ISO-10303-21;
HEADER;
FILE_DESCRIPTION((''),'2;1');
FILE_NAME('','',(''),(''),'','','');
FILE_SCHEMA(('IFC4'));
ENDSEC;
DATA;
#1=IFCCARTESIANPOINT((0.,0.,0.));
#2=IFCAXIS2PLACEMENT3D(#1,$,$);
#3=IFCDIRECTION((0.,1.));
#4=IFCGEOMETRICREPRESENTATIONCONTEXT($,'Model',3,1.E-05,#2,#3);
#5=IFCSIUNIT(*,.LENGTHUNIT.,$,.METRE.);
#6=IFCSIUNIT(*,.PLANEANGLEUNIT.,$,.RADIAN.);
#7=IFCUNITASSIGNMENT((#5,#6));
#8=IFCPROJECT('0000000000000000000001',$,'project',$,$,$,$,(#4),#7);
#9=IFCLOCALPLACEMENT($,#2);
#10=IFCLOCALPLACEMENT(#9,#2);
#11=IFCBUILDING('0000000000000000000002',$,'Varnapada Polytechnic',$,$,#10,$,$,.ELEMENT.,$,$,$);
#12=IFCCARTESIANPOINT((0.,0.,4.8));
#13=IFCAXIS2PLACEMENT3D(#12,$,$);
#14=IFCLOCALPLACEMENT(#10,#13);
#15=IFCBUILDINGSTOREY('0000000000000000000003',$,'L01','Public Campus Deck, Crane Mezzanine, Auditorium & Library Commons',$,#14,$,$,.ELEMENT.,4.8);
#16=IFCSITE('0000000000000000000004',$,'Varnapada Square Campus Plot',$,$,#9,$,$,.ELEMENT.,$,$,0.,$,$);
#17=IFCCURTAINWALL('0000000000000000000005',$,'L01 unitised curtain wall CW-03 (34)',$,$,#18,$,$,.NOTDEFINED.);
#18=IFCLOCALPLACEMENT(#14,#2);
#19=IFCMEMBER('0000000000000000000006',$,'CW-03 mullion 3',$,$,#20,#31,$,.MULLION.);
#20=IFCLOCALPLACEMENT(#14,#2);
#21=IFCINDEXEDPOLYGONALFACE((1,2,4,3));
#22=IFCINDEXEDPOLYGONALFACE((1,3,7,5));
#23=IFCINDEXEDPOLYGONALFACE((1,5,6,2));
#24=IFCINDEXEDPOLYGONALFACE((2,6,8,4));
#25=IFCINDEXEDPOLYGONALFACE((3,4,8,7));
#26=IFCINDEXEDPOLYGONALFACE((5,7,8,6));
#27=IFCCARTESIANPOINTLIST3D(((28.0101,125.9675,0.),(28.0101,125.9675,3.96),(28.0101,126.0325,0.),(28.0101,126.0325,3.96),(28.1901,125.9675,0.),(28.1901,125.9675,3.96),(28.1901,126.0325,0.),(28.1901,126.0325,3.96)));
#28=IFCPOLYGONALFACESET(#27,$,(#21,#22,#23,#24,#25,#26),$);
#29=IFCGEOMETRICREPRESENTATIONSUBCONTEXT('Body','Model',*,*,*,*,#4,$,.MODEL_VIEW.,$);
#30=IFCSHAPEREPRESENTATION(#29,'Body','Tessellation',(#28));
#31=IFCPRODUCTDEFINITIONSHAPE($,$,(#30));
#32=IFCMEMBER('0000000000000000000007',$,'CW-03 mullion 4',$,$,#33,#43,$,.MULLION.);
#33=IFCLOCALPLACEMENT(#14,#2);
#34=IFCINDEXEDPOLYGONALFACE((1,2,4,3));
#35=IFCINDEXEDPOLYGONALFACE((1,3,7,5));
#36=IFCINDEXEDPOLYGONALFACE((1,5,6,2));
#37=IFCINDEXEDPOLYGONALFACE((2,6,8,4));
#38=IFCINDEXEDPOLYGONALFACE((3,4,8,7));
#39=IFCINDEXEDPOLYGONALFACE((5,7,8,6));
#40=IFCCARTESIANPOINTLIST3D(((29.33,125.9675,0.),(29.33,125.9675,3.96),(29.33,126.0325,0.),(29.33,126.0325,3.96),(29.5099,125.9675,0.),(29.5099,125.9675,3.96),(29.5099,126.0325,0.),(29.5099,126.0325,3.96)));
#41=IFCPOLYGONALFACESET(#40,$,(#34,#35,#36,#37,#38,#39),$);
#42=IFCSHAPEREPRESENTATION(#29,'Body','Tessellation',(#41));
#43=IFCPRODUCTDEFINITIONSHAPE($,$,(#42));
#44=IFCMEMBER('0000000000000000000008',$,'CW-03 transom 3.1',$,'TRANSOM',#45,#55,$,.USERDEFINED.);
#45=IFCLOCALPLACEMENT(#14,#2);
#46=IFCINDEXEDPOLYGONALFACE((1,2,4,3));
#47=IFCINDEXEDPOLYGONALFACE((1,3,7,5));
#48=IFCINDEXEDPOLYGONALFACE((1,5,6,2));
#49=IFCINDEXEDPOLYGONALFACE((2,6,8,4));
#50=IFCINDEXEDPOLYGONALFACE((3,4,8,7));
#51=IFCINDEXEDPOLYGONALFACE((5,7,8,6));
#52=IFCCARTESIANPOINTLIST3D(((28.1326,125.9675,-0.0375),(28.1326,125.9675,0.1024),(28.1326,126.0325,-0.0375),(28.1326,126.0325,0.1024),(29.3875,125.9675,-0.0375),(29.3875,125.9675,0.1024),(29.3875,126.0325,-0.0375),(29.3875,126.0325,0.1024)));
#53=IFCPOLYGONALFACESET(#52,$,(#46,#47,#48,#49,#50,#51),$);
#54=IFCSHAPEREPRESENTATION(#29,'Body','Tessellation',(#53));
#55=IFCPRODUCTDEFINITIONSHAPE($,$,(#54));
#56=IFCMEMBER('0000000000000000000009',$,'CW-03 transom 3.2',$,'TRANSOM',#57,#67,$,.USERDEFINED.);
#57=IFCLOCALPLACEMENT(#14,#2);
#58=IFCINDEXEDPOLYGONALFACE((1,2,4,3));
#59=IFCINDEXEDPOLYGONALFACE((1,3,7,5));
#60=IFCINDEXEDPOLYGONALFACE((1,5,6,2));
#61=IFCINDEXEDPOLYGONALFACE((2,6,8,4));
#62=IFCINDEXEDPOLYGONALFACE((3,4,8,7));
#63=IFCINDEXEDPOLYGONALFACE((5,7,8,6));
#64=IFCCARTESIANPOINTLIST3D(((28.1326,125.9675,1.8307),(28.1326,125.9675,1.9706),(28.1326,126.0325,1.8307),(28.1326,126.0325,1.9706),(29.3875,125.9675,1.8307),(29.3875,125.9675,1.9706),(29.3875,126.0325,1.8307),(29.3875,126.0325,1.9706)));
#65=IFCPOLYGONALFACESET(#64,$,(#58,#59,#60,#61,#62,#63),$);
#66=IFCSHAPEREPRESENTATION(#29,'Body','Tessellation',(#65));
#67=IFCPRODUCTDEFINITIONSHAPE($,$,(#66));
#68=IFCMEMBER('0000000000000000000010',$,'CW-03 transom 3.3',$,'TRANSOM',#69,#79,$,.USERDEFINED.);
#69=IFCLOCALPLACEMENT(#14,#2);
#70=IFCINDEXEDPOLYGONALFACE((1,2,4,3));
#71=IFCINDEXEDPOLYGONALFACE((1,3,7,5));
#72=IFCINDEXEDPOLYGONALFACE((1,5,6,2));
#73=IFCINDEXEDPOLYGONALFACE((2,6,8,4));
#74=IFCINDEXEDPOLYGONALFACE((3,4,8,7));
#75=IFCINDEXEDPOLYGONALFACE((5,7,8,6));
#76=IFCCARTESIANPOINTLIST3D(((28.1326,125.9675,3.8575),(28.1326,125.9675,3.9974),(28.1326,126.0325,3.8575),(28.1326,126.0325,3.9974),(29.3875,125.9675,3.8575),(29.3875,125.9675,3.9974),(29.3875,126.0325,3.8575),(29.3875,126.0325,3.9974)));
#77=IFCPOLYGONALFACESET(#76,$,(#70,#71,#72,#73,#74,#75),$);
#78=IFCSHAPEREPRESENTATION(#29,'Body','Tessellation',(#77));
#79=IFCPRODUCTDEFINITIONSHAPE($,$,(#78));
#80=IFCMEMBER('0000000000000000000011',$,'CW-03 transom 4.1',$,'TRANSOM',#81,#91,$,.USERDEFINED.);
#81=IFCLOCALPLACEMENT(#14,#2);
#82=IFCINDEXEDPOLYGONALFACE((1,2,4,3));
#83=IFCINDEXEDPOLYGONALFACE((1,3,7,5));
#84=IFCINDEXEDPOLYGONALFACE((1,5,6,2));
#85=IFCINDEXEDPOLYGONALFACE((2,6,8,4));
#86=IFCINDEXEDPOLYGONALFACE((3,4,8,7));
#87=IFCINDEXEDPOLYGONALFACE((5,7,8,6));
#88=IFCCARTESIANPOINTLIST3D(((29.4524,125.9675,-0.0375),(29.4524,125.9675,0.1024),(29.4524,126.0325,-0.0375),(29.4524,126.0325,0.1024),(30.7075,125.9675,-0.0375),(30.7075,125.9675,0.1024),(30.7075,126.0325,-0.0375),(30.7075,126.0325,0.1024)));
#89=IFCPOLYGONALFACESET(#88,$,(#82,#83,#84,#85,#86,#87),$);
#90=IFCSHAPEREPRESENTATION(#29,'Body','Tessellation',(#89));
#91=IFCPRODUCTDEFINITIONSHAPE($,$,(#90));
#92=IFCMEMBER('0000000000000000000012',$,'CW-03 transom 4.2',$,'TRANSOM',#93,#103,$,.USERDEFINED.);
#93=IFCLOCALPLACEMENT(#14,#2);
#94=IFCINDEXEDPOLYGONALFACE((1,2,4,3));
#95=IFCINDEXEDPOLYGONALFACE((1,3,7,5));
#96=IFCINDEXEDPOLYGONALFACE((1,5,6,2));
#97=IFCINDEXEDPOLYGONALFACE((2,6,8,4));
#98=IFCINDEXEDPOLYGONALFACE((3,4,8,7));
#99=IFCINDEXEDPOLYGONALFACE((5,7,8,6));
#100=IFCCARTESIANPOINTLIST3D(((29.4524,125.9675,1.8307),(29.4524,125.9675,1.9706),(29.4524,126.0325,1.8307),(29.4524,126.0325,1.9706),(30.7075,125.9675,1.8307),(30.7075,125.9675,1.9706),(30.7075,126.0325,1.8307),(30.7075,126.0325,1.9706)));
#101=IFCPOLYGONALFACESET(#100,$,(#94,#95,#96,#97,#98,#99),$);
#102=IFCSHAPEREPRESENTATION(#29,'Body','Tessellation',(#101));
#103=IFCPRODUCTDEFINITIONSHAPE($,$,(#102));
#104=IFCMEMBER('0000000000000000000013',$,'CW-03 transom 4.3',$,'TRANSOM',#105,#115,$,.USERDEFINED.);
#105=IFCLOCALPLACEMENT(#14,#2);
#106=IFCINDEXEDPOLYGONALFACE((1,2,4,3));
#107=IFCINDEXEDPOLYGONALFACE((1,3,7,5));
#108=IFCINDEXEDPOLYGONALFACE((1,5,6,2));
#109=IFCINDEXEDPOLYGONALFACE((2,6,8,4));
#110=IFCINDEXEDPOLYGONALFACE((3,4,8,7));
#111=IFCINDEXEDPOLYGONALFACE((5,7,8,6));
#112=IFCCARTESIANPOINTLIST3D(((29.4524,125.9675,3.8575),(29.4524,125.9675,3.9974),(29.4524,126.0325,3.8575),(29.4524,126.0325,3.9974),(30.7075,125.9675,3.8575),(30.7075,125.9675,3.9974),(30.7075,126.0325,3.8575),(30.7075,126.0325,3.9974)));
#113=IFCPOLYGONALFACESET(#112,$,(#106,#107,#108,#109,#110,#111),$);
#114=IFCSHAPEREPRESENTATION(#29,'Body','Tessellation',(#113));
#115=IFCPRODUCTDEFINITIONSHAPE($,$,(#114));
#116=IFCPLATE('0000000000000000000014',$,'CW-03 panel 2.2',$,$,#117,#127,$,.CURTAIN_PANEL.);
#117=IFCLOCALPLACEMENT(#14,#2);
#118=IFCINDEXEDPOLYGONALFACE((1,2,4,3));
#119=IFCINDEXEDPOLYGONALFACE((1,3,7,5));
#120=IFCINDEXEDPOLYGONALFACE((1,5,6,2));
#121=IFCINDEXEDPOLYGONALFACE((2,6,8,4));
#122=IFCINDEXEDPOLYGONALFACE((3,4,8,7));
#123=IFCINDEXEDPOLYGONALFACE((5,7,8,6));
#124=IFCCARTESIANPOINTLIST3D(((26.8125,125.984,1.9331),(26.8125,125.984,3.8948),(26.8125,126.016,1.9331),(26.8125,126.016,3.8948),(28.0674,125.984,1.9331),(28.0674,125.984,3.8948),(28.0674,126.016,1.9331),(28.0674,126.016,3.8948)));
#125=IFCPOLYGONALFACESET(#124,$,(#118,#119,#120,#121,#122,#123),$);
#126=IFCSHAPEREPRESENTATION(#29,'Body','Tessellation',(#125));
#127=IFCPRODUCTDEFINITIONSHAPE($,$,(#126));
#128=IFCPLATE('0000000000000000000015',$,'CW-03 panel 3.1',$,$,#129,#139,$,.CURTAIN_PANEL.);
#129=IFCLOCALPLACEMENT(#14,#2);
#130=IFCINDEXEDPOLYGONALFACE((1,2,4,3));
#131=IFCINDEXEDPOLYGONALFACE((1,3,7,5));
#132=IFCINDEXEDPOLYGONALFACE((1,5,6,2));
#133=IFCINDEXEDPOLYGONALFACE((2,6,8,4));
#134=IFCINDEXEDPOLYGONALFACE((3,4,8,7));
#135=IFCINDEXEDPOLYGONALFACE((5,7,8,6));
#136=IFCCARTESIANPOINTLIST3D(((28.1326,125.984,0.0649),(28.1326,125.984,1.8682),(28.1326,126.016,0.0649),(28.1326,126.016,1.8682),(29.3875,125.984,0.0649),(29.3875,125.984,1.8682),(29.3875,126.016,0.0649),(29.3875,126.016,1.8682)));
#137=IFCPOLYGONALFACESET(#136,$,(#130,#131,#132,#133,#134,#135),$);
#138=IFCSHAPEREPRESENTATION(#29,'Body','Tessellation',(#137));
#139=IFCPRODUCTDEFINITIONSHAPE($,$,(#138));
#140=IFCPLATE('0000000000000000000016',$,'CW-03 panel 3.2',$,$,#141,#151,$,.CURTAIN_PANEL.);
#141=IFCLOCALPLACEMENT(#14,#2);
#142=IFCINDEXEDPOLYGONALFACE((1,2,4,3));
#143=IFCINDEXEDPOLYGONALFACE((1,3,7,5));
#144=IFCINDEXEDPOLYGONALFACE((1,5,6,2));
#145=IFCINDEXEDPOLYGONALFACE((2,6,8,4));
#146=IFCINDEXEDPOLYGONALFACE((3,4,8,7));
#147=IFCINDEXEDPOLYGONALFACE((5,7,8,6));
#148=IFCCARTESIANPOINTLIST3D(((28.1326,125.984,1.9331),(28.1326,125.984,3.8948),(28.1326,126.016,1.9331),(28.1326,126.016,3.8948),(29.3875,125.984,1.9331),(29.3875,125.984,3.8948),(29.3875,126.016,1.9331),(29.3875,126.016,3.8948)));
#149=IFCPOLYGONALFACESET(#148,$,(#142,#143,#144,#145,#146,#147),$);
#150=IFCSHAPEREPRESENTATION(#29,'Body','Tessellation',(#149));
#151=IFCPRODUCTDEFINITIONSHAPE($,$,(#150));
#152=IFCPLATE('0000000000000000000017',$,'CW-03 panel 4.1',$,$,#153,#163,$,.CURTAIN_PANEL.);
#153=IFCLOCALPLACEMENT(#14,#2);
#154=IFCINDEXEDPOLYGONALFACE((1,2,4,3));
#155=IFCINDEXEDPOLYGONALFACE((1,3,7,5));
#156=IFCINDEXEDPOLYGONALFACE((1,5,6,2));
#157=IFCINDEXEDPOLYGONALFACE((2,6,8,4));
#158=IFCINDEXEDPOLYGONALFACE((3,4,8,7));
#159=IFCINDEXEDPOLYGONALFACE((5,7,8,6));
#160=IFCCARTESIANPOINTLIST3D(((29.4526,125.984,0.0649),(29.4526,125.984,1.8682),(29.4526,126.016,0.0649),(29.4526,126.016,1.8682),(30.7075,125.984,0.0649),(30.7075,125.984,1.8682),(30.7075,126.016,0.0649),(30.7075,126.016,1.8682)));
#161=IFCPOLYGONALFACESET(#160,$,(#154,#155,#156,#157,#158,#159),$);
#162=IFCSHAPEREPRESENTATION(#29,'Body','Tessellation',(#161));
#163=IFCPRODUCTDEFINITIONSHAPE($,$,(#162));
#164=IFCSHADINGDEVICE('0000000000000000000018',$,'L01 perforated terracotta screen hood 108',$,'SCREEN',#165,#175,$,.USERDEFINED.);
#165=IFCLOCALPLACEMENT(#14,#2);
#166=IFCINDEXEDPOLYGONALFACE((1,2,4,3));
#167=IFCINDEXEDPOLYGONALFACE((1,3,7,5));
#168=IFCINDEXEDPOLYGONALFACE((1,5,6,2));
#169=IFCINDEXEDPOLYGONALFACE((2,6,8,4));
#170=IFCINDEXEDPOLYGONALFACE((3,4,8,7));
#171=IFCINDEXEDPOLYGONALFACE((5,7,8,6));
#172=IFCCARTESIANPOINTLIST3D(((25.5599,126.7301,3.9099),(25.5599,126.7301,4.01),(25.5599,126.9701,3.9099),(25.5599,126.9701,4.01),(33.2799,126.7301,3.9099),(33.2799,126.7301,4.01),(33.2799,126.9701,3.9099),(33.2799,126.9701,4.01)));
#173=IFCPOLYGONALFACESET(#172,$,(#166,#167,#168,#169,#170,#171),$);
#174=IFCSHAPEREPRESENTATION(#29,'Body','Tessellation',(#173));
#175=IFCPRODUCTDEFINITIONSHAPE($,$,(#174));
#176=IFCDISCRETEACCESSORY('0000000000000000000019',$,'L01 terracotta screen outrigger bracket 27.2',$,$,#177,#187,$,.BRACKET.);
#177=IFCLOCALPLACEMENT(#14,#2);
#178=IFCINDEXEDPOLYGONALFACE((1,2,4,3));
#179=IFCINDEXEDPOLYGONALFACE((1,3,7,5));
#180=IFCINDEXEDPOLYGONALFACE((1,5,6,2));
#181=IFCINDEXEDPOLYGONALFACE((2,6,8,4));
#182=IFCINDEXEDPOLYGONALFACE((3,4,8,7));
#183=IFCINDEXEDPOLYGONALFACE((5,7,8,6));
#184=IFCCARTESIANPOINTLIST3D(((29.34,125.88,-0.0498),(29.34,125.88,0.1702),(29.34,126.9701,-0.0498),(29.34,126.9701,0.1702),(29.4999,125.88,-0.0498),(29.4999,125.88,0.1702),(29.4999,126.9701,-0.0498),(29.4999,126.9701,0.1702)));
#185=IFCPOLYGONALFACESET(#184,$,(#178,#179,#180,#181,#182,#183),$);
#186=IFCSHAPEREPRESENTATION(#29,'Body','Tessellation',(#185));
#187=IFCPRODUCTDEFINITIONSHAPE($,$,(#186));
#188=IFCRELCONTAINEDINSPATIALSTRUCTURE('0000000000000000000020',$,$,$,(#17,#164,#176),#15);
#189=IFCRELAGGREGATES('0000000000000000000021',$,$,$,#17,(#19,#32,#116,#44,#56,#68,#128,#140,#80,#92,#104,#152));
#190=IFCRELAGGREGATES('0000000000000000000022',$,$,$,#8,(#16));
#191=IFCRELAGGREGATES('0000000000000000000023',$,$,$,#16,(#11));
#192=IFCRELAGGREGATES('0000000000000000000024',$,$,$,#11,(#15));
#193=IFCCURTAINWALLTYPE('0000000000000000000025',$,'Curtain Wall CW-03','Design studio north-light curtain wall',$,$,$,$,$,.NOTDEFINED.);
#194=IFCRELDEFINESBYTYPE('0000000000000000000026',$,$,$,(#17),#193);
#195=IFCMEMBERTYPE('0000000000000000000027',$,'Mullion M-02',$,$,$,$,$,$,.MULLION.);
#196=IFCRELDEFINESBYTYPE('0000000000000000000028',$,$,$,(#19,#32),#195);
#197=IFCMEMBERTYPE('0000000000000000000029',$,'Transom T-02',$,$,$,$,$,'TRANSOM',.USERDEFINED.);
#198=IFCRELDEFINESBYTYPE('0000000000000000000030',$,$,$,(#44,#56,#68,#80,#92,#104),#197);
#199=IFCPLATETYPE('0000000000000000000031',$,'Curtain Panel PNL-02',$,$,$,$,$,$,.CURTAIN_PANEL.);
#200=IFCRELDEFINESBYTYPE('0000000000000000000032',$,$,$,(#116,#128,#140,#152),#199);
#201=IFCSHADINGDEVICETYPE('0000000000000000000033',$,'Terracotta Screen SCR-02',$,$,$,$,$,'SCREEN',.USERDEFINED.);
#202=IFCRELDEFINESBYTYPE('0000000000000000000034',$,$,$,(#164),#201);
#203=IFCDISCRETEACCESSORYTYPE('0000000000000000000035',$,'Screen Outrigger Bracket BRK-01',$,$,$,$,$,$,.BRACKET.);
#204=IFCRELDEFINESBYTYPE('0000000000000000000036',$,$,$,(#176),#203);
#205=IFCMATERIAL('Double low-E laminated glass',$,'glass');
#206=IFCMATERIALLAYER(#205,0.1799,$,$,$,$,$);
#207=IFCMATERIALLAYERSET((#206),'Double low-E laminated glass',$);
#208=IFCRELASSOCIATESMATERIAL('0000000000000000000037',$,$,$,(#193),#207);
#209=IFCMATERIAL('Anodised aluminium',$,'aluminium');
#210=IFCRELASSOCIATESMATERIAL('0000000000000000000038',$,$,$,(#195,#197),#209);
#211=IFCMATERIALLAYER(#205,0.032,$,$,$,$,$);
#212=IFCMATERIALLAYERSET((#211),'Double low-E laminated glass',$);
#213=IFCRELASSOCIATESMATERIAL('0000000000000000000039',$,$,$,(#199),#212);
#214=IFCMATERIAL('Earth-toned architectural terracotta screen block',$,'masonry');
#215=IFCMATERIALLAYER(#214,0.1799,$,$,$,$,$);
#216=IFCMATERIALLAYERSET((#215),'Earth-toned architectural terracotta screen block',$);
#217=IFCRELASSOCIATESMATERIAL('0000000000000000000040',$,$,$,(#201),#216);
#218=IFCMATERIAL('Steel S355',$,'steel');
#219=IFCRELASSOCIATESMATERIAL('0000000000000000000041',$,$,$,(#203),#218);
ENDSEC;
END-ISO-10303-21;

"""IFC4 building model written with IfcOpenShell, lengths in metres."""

from ifc_helpers import new_model, si_unit, direction, frame, origin, origin_2d, place, context, subcontext, project, spatial, rectangle, extrude, material, layer, layer_set, material_profile, profile_set, type_object, element, aggregate, save


model = new_model("IFC4")

# Units and contexts
model_context = context("Model", 3, precision=1e-05, world=origin(), true_north=direction((0.0, 1.0)))
body_context = subcontext(model_context, "Body", "Model", "MODEL_VIEW")
ifc_project = project(units=[si_unit("LENGTHUNIT", "METRE"), si_unit("PLANEANGLEUNIT", "RADIAN")], contexts=[model_context])

# Site, building, storey
site_placement = place(None, origin())
site = spatial("IfcSite", under=ifc_project, at=site_placement, Name="Varnapada Square Campus Plot", CompositionType="ELEMENT", RefElevation=0.0)
building_placement = place(site_placement, origin())
building = spatial("IfcBuilding", under=site, at=building_placement, Name="Varnapada Polytechnic", CompositionType="ELEMENT")
storey_placement = place(building_placement, frame((0.0, 0.0, 4.8)))
storey = spatial("IfcBuildingStorey", under=building, at=storey_placement, Name="L01", Description="Public Campus Deck, Crane Mezzanine, Auditorium & Library Commons", CompositionType="ELEMENT", Elevation=4.8)

# Curtain wall, members, plates
ifc_material_1 = material(Name="Double low-E laminated glass", Category="glass")
ifc_layer_1 = layer(ifc_material_1, 0.1799)
ifc_layer_set_1 = layer_set([ifc_layer_1], Name="Double low-E laminated glass")
curtain_wall_type = type_object("IfcCurtainWallType", Name="Curtain Wall CW-03", Description="Design studio north-light curtain wall", PredefinedType="NOTDEFINED", material=ifc_layer_set_1)
curtain_wall_placement = place(storey_placement, origin())
curtain_wall = element("IfcCurtainWall", 1, at=curtain_wall_placement, inside=storey, type_object=curtain_wall_type, Name="L01 unitised curtain wall CW-03 (34)", PredefinedType="NOTDEFINED")
ifc_material_2 = material(Name="Anodised aluminium", Category="aluminium")
ifc_material_profile_1 = material_profile(ifc_material_2, rectangle(XDim=0.0649, YDim=0.1799, at=origin_2d()), Name="ALU M65x180")
ifc_profile_set_1 = profile_set([ifc_material_profile_1], Name="Anodised aluminium")
member_type_1 = type_object("IfcMemberType", Name="Mullion M-02", PredefinedType="MULLION", material=ifc_profile_set_1)
member_1_placement = place(storey_placement, frame((28.1001, 126.0, 0.0), z_axis=(0.0, 0.0, 1.0), x_axis=(0.0, 1.0, 0.0)))
member_1 = element("IfcMember", 2, at=member_1_placement, type_object=member_type_1, Name="CW-03 mullion 3", PredefinedType="MULLION", context=body_context, shape_type="SweptSolid", body=[
    extrude(rectangle(XDim=0.0649, YDim=0.1799, at=origin_2d()), origin(), (0.0, 0.0, 1.0), 3.96),
])
member_2_placement = place(storey_placement, frame((29.4199, 126.0, 0.0), z_axis=(0.0, 0.0, 1.0), x_axis=(0.0, 1.0, 0.0)))
member_2 = element("IfcMember", 3, at=member_2_placement, type_object=member_type_1, Name="CW-03 mullion 4", PredefinedType="MULLION", context=body_context, shape_type="SweptSolid", body=[
    extrude(rectangle(XDim=0.0649, YDim=0.1799, at=origin_2d()), origin(), (0.0, 0.0, 1.0), 3.96),
])
ifc_material_profile_2 = material_profile(ifc_material_2, rectangle(XDim=0.0649, YDim=0.1399, at=origin_2d()), Name="ALU T65x140")
ifc_profile_set_2 = profile_set([ifc_material_profile_2], Name="Anodised aluminium")
member_type_2 = type_object("IfcMemberType", Name="Transom T-02", ElementType="TRANSOM", PredefinedType="USERDEFINED", material=ifc_profile_set_2)
member_3_placement = place(storey_placement, frame((28.1326, 126.0, 0.0325), z_axis=(1.0, 0.0, 0.0), x_axis=(0.0, 1.0, 0.0)))
member_3 = element("IfcMember", 4, at=member_3_placement, type_object=member_type_2, Name="CW-03 transom 3.1", ObjectType="TRANSOM", PredefinedType="USERDEFINED", context=body_context, shape_type="SweptSolid", body=[
    extrude(rectangle(XDim=0.0649, YDim=0.1399, at=origin_2d()), origin(), (0.0, 0.0, 1.0), 1.2549),
])
member_4_placement = place(storey_placement, frame((28.1326, 126.0, 1.9006), z_axis=(1.0, 0.0, 0.0), x_axis=(0.0, 1.0, 0.0)))
member_4 = element("IfcMember", 5, at=member_4_placement, type_object=member_type_2, Name="CW-03 transom 3.2", ObjectType="TRANSOM", PredefinedType="USERDEFINED", context=body_context, shape_type="SweptSolid", body=[
    extrude(rectangle(XDim=0.0649, YDim=0.1399, at=origin_2d()), origin(), (0.0, 0.0, 1.0), 1.2549),
])
member_5_placement = place(storey_placement, frame((28.1326, 126.0, 3.9275), z_axis=(1.0, 0.0, 0.0), x_axis=(0.0, 1.0, 0.0)))
member_5 = element("IfcMember", 6, at=member_5_placement, type_object=member_type_2, Name="CW-03 transom 3.3", ObjectType="TRANSOM", PredefinedType="USERDEFINED", context=body_context, shape_type="SweptSolid", body=[
    extrude(rectangle(XDim=0.0649, YDim=0.1399, at=origin_2d()), origin(), (0.0, 0.0, 1.0), 1.2549),
])
member_6_placement = place(storey_placement, frame((29.4524, 126.0, 0.0325), z_axis=(1.0, 0.0, 0.0), x_axis=(0.0, 1.0, 0.0)))
member_6 = element("IfcMember", 7, at=member_6_placement, type_object=member_type_2, Name="CW-03 transom 4.1", ObjectType="TRANSOM", PredefinedType="USERDEFINED", context=body_context, shape_type="SweptSolid", body=[
    extrude(rectangle(XDim=0.0649, YDim=0.1399, at=origin_2d()), origin(), (0.0, 0.0, 1.0), 1.2551),
])
member_7_placement = place(storey_placement, frame((29.4524, 126.0, 1.9006), z_axis=(1.0, 0.0, 0.0), x_axis=(0.0, 1.0, 0.0)))
member_7 = element("IfcMember", 8, at=member_7_placement, type_object=member_type_2, Name="CW-03 transom 4.2", ObjectType="TRANSOM", PredefinedType="USERDEFINED", context=body_context, shape_type="SweptSolid", body=[
    extrude(rectangle(XDim=0.0649, YDim=0.1399, at=origin_2d()), origin(), (0.0, 0.0, 1.0), 1.2551),
])
member_8_placement = place(storey_placement, frame((29.4524, 126.0, 3.9275), z_axis=(1.0, 0.0, 0.0), x_axis=(0.0, 1.0, 0.0)))
member_8 = element("IfcMember", 9, at=member_8_placement, type_object=member_type_2, Name="CW-03 transom 4.3", ObjectType="TRANSOM", PredefinedType="USERDEFINED", context=body_context, shape_type="SweptSolid", body=[
    extrude(rectangle(XDim=0.0649, YDim=0.1399, at=origin_2d()), origin(), (0.0, 0.0, 1.0), 1.2551),
])
ifc_layer_2 = layer(ifc_material_1, 0.032)
ifc_layer_set_2 = layer_set([ifc_layer_2], Name="Double low-E laminated glass")
plate_type = type_object("IfcPlateType", Name="Curtain Panel PNL-02", PredefinedType="CURTAIN_PANEL", material=ifc_layer_set_2)
plate_1_placement = place(storey_placement, frame((27.4399, 126.0, 1.9331), z_axis=(0.0, 0.0, 1.0), x_axis=(1.0, 0.0, 0.0)))
plate_1 = element("IfcPlate", 10, at=plate_1_placement, type_object=plate_type, Name="CW-03 panel 2.2", PredefinedType="CURTAIN_PANEL", context=body_context, shape_type="SweptSolid", body=[
    extrude(rectangle(XDim=1.2549, YDim=0.032, at=origin_2d()), origin(), (0.0, 0.0, 1.0), 1.9617),
])
plate_2_placement = place(storey_placement, frame((28.76, 126.0, 0.0649), z_axis=(0.0, 0.0, 1.0), x_axis=(1.0, 0.0, 0.0)))
plate_2 = element("IfcPlate", 11, at=plate_2_placement, type_object=plate_type, Name="CW-03 panel 3.1", PredefinedType="CURTAIN_PANEL", context=body_context, shape_type="SweptSolid", body=[
    extrude(rectangle(XDim=1.2549, YDim=0.032, at=origin_2d()), origin(), (0.0, 0.0, 1.0), 1.8032),
])
plate_3_placement = place(storey_placement, frame((28.76, 126.0, 1.9331), z_axis=(0.0, 0.0, 1.0), x_axis=(1.0, 0.0, 0.0)))
plate_3 = element("IfcPlate", 12, at=plate_3_placement, type_object=plate_type, Name="CW-03 panel 3.2", PredefinedType="CURTAIN_PANEL", context=body_context, shape_type="SweptSolid", body=[
    extrude(rectangle(XDim=1.2549, YDim=0.032, at=origin_2d()), origin(), (0.0, 0.0, 1.0), 1.9617),
])
plate_4_placement = place(storey_placement, frame((30.0801, 126.0, 0.0649), z_axis=(0.0, 0.0, 1.0), x_axis=(1.0, 0.0, 0.0)))
plate_4 = element("IfcPlate", 13, at=plate_4_placement, type_object=plate_type, Name="CW-03 panel 4.1", PredefinedType="CURTAIN_PANEL", context=body_context, shape_type="SweptSolid", body=[
    extrude(rectangle(XDim=1.2549, YDim=0.032, at=origin_2d()), origin(), (0.0, 0.0, 1.0), 1.8032),
])
aggregate(curtain_wall, [member_1, member_2, plate_1, member_3, member_4, member_5, plate_2, plate_3, member_6, member_7, member_8, plate_4])

# Shading device
ifc_material_3 = material(Name="Earth-toned architectural terracotta screen block", Category="masonry")
ifc_layer_3 = layer(ifc_material_3, 0.1799)
ifc_layer_set_3 = layer_set([ifc_layer_3], Name="Earth-toned architectural terracotta screen block")
shading_device_type = type_object("IfcShadingDeviceType", Name="Terracotta Screen SCR-02", ElementType="SCREEN", PredefinedType="USERDEFINED", material=ifc_layer_set_3)
shading_device_placement = place(storey_placement, frame((29.4199, 126.8501, 3.9099), z_axis=(0.0, 0.0, 1.0), x_axis=(1.0, 0.0, 0.0)))
element("IfcShadingDevice", 14, at=shading_device_placement, inside=storey, type_object=shading_device_type, Name="L01 perforated terracotta screen hood 108", ObjectType="SCREEN", PredefinedType="USERDEFINED", context=body_context, shape_type="SweptSolid", body=[
    extrude(rectangle(XDim=7.72, YDim=0.24, at=origin_2d()), origin(), (0.0, 0.0, 1.0), 0.1001),
])

# Discrete accessory
ifc_material_4 = material(Name="Steel S355", Category="steel")
discrete_accessory_type = type_object("IfcDiscreteAccessoryType", Name="Screen Outrigger Bracket BRK-01", PredefinedType="BRACKET", material=ifc_material_4)
discrete_accessory_placement = place(storey_placement, frame((29.4199, 126.425, -0.0498), z_axis=(0.0, 0.0, 1.0), x_axis=(1.0, 0.0, 0.0)))
element("IfcDiscreteAccessory", 15, at=discrete_accessory_placement, inside=storey, type_object=discrete_accessory_type, Name="L01 terracotta screen outrigger bracket 27.2", PredefinedType="BRACKET", context=body_context, shape_type="SweptSolid", body=[
    extrude(rectangle(XDim=0.1599, YDim=1.0901, at=origin_2d()), origin(), (0.0, 0.0, 1.0), 0.22),
])

save(model, "model.ifc")
